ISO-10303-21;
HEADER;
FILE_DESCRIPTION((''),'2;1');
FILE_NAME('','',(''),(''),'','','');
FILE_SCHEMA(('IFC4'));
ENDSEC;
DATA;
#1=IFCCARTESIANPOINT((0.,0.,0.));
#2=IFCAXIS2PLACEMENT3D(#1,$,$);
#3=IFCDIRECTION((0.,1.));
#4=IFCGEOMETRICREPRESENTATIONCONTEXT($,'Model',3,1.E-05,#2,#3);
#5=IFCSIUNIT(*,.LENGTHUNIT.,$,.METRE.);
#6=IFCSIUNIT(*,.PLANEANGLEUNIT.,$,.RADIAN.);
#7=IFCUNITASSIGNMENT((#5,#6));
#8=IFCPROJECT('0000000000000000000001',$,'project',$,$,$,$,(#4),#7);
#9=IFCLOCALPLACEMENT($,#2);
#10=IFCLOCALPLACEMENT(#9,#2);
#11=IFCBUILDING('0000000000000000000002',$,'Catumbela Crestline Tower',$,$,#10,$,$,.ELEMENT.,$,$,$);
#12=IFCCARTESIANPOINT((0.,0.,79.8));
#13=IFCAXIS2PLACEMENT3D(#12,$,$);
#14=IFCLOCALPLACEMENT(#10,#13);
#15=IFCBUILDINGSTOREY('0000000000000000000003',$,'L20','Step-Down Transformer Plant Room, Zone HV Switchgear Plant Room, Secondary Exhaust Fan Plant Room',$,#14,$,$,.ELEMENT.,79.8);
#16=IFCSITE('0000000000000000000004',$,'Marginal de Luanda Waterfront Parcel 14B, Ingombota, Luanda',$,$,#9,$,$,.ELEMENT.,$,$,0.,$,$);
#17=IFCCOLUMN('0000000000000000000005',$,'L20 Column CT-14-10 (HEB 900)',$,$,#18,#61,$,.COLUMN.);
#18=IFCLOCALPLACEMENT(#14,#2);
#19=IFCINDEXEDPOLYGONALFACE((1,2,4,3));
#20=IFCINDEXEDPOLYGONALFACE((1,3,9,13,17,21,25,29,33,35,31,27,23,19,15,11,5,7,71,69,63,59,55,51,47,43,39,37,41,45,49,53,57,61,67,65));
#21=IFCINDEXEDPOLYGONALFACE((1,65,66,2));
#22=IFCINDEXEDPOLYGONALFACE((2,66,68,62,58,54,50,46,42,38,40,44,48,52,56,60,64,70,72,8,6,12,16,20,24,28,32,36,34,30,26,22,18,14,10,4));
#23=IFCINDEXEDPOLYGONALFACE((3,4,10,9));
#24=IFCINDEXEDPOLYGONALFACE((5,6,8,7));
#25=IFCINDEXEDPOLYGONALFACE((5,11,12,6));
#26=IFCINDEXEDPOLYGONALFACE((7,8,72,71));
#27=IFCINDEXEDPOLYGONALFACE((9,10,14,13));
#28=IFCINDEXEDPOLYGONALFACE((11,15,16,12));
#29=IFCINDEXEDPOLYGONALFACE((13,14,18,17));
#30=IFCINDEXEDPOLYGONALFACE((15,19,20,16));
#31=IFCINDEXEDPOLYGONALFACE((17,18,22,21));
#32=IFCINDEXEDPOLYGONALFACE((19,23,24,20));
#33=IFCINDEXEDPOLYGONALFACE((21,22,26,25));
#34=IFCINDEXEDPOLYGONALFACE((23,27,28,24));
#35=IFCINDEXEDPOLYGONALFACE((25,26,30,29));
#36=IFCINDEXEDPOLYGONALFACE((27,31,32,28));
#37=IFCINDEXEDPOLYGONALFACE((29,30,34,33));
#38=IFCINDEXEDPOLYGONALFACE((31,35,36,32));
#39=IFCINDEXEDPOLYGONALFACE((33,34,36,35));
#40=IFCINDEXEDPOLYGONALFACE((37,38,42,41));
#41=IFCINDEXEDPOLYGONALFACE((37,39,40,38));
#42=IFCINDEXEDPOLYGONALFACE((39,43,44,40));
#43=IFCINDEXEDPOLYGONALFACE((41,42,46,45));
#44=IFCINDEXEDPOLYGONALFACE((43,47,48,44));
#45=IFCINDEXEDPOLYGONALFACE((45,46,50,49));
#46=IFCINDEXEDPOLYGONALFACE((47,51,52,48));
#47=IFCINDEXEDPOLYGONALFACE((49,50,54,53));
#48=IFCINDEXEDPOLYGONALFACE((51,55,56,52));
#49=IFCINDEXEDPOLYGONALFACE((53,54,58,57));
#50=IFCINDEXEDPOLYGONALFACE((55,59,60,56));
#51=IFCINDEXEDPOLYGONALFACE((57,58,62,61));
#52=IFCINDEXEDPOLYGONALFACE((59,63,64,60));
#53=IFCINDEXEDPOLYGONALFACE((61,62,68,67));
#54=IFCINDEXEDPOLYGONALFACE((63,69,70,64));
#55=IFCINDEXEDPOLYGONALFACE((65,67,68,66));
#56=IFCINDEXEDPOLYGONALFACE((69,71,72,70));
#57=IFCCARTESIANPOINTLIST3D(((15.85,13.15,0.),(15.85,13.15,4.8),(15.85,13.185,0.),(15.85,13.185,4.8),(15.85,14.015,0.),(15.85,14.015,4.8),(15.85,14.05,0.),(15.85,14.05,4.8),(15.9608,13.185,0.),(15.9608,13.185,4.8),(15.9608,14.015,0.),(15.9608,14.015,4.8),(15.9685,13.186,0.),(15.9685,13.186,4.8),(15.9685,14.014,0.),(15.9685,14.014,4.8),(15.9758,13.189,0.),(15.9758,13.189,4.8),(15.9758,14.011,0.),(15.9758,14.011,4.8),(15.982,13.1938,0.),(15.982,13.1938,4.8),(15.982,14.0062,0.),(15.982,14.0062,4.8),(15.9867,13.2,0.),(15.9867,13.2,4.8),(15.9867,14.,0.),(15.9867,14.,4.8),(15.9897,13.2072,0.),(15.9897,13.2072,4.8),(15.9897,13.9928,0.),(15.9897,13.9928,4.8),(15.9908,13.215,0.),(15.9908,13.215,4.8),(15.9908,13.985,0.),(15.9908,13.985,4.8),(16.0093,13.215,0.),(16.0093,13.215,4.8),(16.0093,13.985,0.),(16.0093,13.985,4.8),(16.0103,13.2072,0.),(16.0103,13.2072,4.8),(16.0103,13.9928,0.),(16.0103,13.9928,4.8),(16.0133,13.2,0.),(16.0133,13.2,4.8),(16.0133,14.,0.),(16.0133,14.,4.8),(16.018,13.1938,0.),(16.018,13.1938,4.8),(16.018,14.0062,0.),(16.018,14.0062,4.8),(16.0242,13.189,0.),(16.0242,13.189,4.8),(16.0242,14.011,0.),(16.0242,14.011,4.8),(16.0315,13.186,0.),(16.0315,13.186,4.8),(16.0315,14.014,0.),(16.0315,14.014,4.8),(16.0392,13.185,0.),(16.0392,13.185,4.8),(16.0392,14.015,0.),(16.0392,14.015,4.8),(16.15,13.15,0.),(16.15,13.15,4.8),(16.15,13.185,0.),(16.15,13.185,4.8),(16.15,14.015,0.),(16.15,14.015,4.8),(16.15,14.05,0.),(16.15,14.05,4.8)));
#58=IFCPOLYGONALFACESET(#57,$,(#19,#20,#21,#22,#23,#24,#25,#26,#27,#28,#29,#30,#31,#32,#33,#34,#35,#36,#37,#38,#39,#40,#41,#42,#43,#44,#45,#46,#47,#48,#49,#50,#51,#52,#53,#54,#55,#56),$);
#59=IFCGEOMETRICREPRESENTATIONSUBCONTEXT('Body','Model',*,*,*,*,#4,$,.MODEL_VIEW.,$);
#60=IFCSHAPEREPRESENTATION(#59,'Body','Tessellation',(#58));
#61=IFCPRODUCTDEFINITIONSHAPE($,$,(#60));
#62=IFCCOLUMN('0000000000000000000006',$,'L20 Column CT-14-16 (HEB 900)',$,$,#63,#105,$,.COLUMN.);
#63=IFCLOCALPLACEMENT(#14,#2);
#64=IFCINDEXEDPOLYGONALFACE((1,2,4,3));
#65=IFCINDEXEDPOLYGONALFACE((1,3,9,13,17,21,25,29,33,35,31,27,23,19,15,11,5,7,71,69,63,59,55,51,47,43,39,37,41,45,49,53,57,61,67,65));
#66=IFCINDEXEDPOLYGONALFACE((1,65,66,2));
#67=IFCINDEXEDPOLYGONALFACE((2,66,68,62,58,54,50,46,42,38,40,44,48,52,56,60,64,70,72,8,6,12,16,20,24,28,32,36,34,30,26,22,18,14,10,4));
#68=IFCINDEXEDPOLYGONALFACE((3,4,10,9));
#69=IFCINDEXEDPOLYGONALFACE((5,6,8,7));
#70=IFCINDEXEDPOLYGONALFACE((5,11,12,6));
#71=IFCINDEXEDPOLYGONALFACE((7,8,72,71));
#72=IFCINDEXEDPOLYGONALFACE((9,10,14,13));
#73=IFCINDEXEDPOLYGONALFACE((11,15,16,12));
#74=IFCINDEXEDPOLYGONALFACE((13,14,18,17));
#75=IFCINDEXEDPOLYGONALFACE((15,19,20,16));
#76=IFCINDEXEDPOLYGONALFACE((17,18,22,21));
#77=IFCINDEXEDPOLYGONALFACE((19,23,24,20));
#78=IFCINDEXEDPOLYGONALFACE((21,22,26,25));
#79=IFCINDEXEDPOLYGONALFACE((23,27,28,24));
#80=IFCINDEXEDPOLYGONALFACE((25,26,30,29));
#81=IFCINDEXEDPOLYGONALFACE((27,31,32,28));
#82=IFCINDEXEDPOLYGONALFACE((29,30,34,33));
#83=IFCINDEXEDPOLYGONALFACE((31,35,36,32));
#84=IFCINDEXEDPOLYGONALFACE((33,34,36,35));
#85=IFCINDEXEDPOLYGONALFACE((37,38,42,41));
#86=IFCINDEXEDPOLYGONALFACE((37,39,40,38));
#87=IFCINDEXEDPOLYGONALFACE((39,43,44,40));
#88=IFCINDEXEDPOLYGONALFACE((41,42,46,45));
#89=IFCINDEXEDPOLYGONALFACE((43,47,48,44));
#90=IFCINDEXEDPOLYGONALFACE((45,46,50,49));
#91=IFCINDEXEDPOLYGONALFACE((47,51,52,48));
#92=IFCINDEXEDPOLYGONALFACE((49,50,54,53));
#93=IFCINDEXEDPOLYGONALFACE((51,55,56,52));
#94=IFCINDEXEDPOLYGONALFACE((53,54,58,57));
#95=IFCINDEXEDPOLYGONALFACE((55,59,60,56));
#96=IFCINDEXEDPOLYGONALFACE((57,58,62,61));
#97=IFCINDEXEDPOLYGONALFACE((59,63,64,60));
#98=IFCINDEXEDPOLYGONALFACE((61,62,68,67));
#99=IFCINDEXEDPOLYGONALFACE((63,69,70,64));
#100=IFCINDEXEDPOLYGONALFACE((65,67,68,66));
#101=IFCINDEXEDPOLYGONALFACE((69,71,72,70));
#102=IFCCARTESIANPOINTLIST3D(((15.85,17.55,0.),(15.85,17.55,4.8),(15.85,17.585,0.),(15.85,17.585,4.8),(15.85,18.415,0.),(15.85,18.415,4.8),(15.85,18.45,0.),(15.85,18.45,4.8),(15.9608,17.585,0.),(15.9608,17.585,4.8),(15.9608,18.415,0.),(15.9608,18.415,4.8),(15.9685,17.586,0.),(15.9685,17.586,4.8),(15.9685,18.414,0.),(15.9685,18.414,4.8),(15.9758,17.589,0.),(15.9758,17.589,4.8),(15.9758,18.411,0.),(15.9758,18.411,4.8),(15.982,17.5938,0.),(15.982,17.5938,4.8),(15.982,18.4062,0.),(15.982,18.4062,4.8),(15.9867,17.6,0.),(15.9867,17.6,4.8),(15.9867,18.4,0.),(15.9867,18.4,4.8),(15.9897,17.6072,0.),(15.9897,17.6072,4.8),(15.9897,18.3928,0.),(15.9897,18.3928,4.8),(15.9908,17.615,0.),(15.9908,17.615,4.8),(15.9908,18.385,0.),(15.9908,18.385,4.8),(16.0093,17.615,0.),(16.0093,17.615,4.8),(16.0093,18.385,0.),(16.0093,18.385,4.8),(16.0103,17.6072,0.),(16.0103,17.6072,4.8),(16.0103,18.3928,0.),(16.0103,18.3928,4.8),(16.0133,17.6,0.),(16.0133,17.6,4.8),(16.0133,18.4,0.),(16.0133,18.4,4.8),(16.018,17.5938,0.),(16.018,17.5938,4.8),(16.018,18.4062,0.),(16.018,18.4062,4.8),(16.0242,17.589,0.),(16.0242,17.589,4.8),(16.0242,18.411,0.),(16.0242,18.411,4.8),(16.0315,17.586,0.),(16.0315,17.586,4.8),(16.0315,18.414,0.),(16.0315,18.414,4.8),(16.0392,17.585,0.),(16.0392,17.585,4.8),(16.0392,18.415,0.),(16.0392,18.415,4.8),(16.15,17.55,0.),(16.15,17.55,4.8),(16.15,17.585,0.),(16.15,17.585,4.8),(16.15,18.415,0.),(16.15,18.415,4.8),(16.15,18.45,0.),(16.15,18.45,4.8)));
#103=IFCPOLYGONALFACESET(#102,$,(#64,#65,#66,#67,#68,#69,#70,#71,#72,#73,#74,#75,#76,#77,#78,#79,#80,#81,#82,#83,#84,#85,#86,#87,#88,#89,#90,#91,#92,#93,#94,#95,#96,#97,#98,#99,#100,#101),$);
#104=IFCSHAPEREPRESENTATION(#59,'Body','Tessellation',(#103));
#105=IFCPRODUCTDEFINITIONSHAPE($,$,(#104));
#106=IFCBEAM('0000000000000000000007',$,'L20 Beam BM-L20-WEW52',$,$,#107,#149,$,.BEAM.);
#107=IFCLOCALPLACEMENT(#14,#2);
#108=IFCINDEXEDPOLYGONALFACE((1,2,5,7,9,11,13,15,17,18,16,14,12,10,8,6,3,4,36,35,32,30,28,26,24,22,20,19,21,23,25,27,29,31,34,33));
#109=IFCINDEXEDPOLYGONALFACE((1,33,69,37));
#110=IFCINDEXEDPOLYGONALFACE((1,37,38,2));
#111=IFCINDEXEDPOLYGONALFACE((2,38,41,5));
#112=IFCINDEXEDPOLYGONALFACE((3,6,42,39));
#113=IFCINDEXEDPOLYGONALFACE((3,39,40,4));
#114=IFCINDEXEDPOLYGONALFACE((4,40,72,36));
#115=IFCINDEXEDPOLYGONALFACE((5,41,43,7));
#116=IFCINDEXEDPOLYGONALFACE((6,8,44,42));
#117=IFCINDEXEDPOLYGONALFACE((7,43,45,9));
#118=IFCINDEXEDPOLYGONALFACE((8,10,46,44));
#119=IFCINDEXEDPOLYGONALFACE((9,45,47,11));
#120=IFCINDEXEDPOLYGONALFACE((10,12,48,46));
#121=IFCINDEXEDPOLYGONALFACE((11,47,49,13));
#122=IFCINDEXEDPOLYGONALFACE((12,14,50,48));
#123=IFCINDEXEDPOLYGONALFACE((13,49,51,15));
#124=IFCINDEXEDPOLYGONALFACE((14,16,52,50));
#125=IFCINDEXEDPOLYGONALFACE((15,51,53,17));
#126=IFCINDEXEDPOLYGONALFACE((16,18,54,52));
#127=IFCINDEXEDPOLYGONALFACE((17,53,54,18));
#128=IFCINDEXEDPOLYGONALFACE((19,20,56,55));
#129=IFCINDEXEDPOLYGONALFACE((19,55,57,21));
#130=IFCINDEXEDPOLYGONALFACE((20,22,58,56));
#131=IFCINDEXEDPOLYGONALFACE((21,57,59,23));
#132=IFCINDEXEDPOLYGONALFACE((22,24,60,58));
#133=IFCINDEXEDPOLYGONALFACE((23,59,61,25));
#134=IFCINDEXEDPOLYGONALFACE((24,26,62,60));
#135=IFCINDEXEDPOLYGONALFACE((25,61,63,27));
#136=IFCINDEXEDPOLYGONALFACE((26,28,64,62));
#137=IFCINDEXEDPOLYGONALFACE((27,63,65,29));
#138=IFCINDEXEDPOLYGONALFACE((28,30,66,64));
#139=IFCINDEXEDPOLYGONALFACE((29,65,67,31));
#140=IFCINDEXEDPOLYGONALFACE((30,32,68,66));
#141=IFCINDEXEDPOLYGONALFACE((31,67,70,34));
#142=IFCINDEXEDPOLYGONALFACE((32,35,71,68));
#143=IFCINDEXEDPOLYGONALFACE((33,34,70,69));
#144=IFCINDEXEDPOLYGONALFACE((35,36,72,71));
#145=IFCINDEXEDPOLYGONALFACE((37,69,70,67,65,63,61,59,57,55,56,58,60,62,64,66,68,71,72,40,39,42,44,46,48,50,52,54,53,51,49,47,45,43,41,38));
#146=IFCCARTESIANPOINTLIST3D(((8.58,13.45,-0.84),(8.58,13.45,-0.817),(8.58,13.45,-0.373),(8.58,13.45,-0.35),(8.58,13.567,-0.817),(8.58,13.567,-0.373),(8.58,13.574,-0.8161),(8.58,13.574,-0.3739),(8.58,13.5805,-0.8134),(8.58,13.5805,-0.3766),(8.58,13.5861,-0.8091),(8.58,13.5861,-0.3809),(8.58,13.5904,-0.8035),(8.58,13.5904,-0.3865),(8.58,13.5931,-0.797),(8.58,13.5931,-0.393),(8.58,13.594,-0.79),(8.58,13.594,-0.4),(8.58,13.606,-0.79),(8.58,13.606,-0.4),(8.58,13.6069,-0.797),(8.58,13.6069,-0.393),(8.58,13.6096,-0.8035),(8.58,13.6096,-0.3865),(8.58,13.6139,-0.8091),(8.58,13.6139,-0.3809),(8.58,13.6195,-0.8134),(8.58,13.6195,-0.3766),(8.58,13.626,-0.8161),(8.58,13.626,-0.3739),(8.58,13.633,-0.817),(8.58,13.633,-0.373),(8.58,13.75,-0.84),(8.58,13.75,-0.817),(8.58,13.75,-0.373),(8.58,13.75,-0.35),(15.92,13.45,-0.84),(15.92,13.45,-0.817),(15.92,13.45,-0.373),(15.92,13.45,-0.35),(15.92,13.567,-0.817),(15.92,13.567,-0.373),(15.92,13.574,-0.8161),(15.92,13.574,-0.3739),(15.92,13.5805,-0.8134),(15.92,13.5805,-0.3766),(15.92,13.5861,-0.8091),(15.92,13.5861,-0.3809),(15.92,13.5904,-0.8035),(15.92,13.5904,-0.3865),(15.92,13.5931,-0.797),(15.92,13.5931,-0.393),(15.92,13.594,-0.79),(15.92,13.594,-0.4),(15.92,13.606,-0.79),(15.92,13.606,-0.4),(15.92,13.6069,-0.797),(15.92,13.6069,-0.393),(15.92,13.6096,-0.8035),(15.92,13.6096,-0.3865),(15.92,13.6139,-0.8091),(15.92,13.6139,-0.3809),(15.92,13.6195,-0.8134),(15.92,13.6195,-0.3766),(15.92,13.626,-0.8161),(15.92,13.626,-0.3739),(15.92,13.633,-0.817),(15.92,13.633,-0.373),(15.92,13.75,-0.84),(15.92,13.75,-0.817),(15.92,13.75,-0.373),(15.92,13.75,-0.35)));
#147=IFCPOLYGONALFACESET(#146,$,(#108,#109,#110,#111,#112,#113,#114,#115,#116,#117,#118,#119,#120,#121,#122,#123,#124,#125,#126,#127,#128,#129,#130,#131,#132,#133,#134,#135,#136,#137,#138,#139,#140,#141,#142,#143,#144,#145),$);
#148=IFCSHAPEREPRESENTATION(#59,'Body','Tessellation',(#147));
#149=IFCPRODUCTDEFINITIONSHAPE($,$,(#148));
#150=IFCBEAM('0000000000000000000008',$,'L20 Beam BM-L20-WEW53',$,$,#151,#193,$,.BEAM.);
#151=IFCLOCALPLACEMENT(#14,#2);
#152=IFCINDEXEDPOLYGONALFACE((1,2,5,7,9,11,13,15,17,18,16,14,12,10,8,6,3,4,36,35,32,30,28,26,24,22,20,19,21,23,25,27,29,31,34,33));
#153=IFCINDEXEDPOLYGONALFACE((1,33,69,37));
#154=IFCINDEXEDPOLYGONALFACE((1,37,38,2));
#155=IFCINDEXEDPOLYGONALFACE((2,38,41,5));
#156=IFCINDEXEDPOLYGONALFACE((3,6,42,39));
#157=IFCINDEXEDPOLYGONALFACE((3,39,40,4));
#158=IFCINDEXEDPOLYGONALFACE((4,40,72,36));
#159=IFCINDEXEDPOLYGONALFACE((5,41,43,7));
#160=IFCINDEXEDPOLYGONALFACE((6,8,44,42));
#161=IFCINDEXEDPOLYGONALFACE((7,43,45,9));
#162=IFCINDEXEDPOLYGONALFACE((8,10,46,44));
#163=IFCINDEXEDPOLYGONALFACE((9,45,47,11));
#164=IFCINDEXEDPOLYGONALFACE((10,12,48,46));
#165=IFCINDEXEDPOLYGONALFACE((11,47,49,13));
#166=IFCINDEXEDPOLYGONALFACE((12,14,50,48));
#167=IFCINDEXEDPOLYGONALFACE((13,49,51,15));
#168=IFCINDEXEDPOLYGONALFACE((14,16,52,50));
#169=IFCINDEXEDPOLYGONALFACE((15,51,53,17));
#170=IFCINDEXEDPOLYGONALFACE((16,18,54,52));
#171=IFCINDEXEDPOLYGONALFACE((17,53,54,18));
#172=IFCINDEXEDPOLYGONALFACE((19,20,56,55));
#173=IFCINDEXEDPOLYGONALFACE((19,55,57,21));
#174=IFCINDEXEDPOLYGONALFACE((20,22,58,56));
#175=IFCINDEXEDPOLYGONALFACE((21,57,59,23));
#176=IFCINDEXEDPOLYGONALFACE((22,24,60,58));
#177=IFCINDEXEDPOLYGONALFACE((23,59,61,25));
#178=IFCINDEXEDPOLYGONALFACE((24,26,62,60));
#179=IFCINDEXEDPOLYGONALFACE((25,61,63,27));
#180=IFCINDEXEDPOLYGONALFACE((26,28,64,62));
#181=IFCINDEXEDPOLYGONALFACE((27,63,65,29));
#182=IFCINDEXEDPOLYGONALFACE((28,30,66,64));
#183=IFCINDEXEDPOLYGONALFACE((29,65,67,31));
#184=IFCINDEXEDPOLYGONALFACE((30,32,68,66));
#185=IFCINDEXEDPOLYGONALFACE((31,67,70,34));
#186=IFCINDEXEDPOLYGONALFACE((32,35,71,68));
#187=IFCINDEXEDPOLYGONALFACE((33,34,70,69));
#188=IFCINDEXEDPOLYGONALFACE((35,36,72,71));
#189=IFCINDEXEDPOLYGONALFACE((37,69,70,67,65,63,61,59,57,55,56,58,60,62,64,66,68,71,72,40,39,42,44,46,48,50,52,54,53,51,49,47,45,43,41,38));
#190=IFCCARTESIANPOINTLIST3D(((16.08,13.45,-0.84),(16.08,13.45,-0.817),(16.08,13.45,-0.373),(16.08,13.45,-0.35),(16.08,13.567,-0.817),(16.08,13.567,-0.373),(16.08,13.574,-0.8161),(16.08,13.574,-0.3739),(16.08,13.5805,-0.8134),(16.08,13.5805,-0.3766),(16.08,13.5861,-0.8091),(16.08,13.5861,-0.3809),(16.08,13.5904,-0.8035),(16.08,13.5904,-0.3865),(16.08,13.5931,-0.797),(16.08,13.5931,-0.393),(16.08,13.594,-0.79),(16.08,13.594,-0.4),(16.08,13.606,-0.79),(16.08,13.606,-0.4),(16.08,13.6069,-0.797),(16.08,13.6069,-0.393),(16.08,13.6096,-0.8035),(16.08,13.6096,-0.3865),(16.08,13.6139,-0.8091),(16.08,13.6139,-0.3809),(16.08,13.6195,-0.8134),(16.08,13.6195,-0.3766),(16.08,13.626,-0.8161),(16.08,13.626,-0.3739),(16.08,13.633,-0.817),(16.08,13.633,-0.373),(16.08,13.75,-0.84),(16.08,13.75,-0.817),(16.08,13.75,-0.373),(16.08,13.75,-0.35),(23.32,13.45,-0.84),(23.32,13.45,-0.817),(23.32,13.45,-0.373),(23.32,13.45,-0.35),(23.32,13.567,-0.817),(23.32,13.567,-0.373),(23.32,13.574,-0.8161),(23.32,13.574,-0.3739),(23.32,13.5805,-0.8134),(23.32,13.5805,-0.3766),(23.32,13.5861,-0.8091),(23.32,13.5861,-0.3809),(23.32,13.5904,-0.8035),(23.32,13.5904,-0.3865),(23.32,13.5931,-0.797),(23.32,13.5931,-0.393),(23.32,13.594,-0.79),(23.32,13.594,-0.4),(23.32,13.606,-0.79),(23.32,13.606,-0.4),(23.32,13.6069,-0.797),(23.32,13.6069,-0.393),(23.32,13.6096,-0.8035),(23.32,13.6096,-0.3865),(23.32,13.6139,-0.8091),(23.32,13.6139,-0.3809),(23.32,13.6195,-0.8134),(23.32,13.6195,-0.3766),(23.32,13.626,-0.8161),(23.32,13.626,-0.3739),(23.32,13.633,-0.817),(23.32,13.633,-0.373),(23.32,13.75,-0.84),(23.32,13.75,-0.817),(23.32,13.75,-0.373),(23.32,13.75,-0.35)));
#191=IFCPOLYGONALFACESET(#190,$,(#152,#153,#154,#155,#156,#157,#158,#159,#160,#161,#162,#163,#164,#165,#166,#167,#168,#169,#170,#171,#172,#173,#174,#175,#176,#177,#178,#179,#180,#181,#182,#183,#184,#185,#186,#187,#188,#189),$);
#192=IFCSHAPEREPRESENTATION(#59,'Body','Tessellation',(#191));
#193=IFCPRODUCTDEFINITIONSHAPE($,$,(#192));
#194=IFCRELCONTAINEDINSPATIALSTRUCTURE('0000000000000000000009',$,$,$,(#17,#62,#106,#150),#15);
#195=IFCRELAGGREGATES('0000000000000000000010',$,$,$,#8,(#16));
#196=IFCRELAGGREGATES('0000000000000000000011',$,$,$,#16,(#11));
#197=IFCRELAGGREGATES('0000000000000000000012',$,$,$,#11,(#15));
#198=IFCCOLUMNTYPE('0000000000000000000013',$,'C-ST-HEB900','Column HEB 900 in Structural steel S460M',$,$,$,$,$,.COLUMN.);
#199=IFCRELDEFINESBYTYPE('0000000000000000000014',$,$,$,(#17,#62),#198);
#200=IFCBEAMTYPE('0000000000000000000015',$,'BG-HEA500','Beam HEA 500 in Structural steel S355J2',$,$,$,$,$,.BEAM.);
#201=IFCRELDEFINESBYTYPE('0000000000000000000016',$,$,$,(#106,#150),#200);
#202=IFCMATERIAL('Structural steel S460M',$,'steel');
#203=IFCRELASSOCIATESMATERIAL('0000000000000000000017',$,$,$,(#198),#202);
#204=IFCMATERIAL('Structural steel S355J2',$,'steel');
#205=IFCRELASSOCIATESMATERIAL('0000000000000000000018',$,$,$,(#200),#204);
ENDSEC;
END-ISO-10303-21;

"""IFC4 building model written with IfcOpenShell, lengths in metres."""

from ifc_helpers import new_model, si_unit, direction, frame, origin, origin_2d, place, context, subcontext, project, spatial, i_section, extrude, material, material_profile, profile_set, type_object, element, save


model = new_model("IFC4")

# Units and contexts
model_context = context("Model", 3, precision=1e-05, world=origin(), true_north=direction((0.0, 1.0)))
body_context = subcontext(model_context, "Body", "Model", "MODEL_VIEW")
ifc_project = project(units=[si_unit("LENGTHUNIT", "METRE"), si_unit("PLANEANGLEUNIT", "RADIAN")], contexts=[model_context])

# Site, building, storey
site_placement = place(None, origin())
site = spatial("IfcSite", under=ifc_project, at=site_placement, Name="Marginal de Luanda Waterfront Parcel 14B, Ingombota, Luanda", CompositionType="ELEMENT", RefElevation=0.0)
building_placement = place(site_placement, origin())
building = spatial("IfcBuilding", under=site, at=building_placement, Name="Catumbela Crestline Tower", CompositionType="ELEMENT")
storey_placement = place(building_placement, frame((0.0, 0.0, 79.8)))
storey = spatial("IfcBuildingStorey", under=building, at=storey_placement, Name="L20", Description="Step-Down Transformer Plant Room, Zone HV Switchgear Plant Room, Secondary Exhaust Fan Plant Room", CompositionType="ELEMENT", Elevation=79.8)

# Columns
ifc_material_1 = material(Name="Structural steel S460M", Category="steel")
ifc_material_profile_1 = material_profile(ifc_material_1, i_section(OverallWidth=0.3, OverallDepth=0.9, WebThickness=0.0185, FlangeThickness=0.035, FilletRadius=0.03, at=origin_2d()), Name="HEB 900")
ifc_profile_set_1 = profile_set([ifc_material_profile_1], Name="Structural steel S460M")
column_type = type_object("IfcColumnType", Name="C-ST-HEB900", Description="Column HEB 900 in Structural steel S460M", PredefinedType="COLUMN", material=ifc_profile_set_1)
for number, where, z_axis, x_axis, name in (
    (1, (16.0, 13.6, 0.0), (0.0, 0.0, 1.0), (1.0, 0.0, 0.0), "L20 Column CT-14-10 (HEB 900)"),
    (2, (16.0, 18.0, 0.0), (0.0, 0.0, 1.0), (1.0, 0.0, 0.0), "L20 Column CT-14-16 (HEB 900)"),
):
    element("IfcColumn", number, at=place(storey_placement, frame(where, z_axis=z_axis, x_axis=x_axis)), inside=storey, type_object=column_type, Name=name, PredefinedType="COLUMN", context=body_context, shape_type="SweptSolid", body=[
        extrude(i_section(OverallWidth=0.3, OverallDepth=0.9, WebThickness=0.0185, FlangeThickness=0.035, FilletRadius=0.03, at=origin_2d()), origin(), (0.0, 0.0, 1.0), 4.8),
    ])

# Beams
ifc_material_2 = material(Name="Structural steel S355J2", Category="steel")
ifc_material_profile_2 = material_profile(ifc_material_2, i_section(OverallWidth=0.3, OverallDepth=0.49, WebThickness=0.012, FlangeThickness=0.023, FilletRadius=0.027, at=origin_2d()), Name="HEA 500")
ifc_profile_set_2 = profile_set([ifc_material_profile_2], Name="Structural steel S355J2")
beam_type_1 = type_object("IfcBeamType", Name="BG-HEA500", Description="Beam HEA 500 in Structural steel S355J2", PredefinedType="BEAM", material=ifc_profile_set_2)
beam_1_placement = place(storey_placement, frame((8.58, 13.6, -0.595), z_axis=(1.0, 0.0, 0.0), x_axis=(0.0, 1.0, 0.0)))
element("IfcBeam", 3, at=beam_1_placement, inside=storey, type_object=beam_type_1, Name="L20 Beam BM-L20-WEW52", PredefinedType="BEAM", context=body_context, shape_type="SweptSolid", body=[
    extrude(i_section(OverallWidth=0.3, OverallDepth=0.49, WebThickness=0.012, FlangeThickness=0.023, FilletRadius=0.027, at=origin_2d()), origin(), (0.0, 0.0, 1.0), 7.34),
])
beam_2_placement = place(storey_placement, frame((16.08, 13.6, -0.595), z_axis=(1.0, 0.0, 0.0), x_axis=(0.0, 1.0, 0.0)))
element("IfcBeam", 4, at=beam_2_placement, inside=storey, type_object=beam_type_1, Name="L20 Beam BM-L20-WEW53", PredefinedType="BEAM", context=body_context, shape_type="SweptSolid", body=[
    extrude(i_section(OverallWidth=0.3, OverallDepth=0.49, WebThickness=0.012, FlangeThickness=0.023, FilletRadius=0.027, at=origin_2d()), origin(), (0.0, 0.0, 1.0), 7.24),
])

save(model, "model.ifc")
